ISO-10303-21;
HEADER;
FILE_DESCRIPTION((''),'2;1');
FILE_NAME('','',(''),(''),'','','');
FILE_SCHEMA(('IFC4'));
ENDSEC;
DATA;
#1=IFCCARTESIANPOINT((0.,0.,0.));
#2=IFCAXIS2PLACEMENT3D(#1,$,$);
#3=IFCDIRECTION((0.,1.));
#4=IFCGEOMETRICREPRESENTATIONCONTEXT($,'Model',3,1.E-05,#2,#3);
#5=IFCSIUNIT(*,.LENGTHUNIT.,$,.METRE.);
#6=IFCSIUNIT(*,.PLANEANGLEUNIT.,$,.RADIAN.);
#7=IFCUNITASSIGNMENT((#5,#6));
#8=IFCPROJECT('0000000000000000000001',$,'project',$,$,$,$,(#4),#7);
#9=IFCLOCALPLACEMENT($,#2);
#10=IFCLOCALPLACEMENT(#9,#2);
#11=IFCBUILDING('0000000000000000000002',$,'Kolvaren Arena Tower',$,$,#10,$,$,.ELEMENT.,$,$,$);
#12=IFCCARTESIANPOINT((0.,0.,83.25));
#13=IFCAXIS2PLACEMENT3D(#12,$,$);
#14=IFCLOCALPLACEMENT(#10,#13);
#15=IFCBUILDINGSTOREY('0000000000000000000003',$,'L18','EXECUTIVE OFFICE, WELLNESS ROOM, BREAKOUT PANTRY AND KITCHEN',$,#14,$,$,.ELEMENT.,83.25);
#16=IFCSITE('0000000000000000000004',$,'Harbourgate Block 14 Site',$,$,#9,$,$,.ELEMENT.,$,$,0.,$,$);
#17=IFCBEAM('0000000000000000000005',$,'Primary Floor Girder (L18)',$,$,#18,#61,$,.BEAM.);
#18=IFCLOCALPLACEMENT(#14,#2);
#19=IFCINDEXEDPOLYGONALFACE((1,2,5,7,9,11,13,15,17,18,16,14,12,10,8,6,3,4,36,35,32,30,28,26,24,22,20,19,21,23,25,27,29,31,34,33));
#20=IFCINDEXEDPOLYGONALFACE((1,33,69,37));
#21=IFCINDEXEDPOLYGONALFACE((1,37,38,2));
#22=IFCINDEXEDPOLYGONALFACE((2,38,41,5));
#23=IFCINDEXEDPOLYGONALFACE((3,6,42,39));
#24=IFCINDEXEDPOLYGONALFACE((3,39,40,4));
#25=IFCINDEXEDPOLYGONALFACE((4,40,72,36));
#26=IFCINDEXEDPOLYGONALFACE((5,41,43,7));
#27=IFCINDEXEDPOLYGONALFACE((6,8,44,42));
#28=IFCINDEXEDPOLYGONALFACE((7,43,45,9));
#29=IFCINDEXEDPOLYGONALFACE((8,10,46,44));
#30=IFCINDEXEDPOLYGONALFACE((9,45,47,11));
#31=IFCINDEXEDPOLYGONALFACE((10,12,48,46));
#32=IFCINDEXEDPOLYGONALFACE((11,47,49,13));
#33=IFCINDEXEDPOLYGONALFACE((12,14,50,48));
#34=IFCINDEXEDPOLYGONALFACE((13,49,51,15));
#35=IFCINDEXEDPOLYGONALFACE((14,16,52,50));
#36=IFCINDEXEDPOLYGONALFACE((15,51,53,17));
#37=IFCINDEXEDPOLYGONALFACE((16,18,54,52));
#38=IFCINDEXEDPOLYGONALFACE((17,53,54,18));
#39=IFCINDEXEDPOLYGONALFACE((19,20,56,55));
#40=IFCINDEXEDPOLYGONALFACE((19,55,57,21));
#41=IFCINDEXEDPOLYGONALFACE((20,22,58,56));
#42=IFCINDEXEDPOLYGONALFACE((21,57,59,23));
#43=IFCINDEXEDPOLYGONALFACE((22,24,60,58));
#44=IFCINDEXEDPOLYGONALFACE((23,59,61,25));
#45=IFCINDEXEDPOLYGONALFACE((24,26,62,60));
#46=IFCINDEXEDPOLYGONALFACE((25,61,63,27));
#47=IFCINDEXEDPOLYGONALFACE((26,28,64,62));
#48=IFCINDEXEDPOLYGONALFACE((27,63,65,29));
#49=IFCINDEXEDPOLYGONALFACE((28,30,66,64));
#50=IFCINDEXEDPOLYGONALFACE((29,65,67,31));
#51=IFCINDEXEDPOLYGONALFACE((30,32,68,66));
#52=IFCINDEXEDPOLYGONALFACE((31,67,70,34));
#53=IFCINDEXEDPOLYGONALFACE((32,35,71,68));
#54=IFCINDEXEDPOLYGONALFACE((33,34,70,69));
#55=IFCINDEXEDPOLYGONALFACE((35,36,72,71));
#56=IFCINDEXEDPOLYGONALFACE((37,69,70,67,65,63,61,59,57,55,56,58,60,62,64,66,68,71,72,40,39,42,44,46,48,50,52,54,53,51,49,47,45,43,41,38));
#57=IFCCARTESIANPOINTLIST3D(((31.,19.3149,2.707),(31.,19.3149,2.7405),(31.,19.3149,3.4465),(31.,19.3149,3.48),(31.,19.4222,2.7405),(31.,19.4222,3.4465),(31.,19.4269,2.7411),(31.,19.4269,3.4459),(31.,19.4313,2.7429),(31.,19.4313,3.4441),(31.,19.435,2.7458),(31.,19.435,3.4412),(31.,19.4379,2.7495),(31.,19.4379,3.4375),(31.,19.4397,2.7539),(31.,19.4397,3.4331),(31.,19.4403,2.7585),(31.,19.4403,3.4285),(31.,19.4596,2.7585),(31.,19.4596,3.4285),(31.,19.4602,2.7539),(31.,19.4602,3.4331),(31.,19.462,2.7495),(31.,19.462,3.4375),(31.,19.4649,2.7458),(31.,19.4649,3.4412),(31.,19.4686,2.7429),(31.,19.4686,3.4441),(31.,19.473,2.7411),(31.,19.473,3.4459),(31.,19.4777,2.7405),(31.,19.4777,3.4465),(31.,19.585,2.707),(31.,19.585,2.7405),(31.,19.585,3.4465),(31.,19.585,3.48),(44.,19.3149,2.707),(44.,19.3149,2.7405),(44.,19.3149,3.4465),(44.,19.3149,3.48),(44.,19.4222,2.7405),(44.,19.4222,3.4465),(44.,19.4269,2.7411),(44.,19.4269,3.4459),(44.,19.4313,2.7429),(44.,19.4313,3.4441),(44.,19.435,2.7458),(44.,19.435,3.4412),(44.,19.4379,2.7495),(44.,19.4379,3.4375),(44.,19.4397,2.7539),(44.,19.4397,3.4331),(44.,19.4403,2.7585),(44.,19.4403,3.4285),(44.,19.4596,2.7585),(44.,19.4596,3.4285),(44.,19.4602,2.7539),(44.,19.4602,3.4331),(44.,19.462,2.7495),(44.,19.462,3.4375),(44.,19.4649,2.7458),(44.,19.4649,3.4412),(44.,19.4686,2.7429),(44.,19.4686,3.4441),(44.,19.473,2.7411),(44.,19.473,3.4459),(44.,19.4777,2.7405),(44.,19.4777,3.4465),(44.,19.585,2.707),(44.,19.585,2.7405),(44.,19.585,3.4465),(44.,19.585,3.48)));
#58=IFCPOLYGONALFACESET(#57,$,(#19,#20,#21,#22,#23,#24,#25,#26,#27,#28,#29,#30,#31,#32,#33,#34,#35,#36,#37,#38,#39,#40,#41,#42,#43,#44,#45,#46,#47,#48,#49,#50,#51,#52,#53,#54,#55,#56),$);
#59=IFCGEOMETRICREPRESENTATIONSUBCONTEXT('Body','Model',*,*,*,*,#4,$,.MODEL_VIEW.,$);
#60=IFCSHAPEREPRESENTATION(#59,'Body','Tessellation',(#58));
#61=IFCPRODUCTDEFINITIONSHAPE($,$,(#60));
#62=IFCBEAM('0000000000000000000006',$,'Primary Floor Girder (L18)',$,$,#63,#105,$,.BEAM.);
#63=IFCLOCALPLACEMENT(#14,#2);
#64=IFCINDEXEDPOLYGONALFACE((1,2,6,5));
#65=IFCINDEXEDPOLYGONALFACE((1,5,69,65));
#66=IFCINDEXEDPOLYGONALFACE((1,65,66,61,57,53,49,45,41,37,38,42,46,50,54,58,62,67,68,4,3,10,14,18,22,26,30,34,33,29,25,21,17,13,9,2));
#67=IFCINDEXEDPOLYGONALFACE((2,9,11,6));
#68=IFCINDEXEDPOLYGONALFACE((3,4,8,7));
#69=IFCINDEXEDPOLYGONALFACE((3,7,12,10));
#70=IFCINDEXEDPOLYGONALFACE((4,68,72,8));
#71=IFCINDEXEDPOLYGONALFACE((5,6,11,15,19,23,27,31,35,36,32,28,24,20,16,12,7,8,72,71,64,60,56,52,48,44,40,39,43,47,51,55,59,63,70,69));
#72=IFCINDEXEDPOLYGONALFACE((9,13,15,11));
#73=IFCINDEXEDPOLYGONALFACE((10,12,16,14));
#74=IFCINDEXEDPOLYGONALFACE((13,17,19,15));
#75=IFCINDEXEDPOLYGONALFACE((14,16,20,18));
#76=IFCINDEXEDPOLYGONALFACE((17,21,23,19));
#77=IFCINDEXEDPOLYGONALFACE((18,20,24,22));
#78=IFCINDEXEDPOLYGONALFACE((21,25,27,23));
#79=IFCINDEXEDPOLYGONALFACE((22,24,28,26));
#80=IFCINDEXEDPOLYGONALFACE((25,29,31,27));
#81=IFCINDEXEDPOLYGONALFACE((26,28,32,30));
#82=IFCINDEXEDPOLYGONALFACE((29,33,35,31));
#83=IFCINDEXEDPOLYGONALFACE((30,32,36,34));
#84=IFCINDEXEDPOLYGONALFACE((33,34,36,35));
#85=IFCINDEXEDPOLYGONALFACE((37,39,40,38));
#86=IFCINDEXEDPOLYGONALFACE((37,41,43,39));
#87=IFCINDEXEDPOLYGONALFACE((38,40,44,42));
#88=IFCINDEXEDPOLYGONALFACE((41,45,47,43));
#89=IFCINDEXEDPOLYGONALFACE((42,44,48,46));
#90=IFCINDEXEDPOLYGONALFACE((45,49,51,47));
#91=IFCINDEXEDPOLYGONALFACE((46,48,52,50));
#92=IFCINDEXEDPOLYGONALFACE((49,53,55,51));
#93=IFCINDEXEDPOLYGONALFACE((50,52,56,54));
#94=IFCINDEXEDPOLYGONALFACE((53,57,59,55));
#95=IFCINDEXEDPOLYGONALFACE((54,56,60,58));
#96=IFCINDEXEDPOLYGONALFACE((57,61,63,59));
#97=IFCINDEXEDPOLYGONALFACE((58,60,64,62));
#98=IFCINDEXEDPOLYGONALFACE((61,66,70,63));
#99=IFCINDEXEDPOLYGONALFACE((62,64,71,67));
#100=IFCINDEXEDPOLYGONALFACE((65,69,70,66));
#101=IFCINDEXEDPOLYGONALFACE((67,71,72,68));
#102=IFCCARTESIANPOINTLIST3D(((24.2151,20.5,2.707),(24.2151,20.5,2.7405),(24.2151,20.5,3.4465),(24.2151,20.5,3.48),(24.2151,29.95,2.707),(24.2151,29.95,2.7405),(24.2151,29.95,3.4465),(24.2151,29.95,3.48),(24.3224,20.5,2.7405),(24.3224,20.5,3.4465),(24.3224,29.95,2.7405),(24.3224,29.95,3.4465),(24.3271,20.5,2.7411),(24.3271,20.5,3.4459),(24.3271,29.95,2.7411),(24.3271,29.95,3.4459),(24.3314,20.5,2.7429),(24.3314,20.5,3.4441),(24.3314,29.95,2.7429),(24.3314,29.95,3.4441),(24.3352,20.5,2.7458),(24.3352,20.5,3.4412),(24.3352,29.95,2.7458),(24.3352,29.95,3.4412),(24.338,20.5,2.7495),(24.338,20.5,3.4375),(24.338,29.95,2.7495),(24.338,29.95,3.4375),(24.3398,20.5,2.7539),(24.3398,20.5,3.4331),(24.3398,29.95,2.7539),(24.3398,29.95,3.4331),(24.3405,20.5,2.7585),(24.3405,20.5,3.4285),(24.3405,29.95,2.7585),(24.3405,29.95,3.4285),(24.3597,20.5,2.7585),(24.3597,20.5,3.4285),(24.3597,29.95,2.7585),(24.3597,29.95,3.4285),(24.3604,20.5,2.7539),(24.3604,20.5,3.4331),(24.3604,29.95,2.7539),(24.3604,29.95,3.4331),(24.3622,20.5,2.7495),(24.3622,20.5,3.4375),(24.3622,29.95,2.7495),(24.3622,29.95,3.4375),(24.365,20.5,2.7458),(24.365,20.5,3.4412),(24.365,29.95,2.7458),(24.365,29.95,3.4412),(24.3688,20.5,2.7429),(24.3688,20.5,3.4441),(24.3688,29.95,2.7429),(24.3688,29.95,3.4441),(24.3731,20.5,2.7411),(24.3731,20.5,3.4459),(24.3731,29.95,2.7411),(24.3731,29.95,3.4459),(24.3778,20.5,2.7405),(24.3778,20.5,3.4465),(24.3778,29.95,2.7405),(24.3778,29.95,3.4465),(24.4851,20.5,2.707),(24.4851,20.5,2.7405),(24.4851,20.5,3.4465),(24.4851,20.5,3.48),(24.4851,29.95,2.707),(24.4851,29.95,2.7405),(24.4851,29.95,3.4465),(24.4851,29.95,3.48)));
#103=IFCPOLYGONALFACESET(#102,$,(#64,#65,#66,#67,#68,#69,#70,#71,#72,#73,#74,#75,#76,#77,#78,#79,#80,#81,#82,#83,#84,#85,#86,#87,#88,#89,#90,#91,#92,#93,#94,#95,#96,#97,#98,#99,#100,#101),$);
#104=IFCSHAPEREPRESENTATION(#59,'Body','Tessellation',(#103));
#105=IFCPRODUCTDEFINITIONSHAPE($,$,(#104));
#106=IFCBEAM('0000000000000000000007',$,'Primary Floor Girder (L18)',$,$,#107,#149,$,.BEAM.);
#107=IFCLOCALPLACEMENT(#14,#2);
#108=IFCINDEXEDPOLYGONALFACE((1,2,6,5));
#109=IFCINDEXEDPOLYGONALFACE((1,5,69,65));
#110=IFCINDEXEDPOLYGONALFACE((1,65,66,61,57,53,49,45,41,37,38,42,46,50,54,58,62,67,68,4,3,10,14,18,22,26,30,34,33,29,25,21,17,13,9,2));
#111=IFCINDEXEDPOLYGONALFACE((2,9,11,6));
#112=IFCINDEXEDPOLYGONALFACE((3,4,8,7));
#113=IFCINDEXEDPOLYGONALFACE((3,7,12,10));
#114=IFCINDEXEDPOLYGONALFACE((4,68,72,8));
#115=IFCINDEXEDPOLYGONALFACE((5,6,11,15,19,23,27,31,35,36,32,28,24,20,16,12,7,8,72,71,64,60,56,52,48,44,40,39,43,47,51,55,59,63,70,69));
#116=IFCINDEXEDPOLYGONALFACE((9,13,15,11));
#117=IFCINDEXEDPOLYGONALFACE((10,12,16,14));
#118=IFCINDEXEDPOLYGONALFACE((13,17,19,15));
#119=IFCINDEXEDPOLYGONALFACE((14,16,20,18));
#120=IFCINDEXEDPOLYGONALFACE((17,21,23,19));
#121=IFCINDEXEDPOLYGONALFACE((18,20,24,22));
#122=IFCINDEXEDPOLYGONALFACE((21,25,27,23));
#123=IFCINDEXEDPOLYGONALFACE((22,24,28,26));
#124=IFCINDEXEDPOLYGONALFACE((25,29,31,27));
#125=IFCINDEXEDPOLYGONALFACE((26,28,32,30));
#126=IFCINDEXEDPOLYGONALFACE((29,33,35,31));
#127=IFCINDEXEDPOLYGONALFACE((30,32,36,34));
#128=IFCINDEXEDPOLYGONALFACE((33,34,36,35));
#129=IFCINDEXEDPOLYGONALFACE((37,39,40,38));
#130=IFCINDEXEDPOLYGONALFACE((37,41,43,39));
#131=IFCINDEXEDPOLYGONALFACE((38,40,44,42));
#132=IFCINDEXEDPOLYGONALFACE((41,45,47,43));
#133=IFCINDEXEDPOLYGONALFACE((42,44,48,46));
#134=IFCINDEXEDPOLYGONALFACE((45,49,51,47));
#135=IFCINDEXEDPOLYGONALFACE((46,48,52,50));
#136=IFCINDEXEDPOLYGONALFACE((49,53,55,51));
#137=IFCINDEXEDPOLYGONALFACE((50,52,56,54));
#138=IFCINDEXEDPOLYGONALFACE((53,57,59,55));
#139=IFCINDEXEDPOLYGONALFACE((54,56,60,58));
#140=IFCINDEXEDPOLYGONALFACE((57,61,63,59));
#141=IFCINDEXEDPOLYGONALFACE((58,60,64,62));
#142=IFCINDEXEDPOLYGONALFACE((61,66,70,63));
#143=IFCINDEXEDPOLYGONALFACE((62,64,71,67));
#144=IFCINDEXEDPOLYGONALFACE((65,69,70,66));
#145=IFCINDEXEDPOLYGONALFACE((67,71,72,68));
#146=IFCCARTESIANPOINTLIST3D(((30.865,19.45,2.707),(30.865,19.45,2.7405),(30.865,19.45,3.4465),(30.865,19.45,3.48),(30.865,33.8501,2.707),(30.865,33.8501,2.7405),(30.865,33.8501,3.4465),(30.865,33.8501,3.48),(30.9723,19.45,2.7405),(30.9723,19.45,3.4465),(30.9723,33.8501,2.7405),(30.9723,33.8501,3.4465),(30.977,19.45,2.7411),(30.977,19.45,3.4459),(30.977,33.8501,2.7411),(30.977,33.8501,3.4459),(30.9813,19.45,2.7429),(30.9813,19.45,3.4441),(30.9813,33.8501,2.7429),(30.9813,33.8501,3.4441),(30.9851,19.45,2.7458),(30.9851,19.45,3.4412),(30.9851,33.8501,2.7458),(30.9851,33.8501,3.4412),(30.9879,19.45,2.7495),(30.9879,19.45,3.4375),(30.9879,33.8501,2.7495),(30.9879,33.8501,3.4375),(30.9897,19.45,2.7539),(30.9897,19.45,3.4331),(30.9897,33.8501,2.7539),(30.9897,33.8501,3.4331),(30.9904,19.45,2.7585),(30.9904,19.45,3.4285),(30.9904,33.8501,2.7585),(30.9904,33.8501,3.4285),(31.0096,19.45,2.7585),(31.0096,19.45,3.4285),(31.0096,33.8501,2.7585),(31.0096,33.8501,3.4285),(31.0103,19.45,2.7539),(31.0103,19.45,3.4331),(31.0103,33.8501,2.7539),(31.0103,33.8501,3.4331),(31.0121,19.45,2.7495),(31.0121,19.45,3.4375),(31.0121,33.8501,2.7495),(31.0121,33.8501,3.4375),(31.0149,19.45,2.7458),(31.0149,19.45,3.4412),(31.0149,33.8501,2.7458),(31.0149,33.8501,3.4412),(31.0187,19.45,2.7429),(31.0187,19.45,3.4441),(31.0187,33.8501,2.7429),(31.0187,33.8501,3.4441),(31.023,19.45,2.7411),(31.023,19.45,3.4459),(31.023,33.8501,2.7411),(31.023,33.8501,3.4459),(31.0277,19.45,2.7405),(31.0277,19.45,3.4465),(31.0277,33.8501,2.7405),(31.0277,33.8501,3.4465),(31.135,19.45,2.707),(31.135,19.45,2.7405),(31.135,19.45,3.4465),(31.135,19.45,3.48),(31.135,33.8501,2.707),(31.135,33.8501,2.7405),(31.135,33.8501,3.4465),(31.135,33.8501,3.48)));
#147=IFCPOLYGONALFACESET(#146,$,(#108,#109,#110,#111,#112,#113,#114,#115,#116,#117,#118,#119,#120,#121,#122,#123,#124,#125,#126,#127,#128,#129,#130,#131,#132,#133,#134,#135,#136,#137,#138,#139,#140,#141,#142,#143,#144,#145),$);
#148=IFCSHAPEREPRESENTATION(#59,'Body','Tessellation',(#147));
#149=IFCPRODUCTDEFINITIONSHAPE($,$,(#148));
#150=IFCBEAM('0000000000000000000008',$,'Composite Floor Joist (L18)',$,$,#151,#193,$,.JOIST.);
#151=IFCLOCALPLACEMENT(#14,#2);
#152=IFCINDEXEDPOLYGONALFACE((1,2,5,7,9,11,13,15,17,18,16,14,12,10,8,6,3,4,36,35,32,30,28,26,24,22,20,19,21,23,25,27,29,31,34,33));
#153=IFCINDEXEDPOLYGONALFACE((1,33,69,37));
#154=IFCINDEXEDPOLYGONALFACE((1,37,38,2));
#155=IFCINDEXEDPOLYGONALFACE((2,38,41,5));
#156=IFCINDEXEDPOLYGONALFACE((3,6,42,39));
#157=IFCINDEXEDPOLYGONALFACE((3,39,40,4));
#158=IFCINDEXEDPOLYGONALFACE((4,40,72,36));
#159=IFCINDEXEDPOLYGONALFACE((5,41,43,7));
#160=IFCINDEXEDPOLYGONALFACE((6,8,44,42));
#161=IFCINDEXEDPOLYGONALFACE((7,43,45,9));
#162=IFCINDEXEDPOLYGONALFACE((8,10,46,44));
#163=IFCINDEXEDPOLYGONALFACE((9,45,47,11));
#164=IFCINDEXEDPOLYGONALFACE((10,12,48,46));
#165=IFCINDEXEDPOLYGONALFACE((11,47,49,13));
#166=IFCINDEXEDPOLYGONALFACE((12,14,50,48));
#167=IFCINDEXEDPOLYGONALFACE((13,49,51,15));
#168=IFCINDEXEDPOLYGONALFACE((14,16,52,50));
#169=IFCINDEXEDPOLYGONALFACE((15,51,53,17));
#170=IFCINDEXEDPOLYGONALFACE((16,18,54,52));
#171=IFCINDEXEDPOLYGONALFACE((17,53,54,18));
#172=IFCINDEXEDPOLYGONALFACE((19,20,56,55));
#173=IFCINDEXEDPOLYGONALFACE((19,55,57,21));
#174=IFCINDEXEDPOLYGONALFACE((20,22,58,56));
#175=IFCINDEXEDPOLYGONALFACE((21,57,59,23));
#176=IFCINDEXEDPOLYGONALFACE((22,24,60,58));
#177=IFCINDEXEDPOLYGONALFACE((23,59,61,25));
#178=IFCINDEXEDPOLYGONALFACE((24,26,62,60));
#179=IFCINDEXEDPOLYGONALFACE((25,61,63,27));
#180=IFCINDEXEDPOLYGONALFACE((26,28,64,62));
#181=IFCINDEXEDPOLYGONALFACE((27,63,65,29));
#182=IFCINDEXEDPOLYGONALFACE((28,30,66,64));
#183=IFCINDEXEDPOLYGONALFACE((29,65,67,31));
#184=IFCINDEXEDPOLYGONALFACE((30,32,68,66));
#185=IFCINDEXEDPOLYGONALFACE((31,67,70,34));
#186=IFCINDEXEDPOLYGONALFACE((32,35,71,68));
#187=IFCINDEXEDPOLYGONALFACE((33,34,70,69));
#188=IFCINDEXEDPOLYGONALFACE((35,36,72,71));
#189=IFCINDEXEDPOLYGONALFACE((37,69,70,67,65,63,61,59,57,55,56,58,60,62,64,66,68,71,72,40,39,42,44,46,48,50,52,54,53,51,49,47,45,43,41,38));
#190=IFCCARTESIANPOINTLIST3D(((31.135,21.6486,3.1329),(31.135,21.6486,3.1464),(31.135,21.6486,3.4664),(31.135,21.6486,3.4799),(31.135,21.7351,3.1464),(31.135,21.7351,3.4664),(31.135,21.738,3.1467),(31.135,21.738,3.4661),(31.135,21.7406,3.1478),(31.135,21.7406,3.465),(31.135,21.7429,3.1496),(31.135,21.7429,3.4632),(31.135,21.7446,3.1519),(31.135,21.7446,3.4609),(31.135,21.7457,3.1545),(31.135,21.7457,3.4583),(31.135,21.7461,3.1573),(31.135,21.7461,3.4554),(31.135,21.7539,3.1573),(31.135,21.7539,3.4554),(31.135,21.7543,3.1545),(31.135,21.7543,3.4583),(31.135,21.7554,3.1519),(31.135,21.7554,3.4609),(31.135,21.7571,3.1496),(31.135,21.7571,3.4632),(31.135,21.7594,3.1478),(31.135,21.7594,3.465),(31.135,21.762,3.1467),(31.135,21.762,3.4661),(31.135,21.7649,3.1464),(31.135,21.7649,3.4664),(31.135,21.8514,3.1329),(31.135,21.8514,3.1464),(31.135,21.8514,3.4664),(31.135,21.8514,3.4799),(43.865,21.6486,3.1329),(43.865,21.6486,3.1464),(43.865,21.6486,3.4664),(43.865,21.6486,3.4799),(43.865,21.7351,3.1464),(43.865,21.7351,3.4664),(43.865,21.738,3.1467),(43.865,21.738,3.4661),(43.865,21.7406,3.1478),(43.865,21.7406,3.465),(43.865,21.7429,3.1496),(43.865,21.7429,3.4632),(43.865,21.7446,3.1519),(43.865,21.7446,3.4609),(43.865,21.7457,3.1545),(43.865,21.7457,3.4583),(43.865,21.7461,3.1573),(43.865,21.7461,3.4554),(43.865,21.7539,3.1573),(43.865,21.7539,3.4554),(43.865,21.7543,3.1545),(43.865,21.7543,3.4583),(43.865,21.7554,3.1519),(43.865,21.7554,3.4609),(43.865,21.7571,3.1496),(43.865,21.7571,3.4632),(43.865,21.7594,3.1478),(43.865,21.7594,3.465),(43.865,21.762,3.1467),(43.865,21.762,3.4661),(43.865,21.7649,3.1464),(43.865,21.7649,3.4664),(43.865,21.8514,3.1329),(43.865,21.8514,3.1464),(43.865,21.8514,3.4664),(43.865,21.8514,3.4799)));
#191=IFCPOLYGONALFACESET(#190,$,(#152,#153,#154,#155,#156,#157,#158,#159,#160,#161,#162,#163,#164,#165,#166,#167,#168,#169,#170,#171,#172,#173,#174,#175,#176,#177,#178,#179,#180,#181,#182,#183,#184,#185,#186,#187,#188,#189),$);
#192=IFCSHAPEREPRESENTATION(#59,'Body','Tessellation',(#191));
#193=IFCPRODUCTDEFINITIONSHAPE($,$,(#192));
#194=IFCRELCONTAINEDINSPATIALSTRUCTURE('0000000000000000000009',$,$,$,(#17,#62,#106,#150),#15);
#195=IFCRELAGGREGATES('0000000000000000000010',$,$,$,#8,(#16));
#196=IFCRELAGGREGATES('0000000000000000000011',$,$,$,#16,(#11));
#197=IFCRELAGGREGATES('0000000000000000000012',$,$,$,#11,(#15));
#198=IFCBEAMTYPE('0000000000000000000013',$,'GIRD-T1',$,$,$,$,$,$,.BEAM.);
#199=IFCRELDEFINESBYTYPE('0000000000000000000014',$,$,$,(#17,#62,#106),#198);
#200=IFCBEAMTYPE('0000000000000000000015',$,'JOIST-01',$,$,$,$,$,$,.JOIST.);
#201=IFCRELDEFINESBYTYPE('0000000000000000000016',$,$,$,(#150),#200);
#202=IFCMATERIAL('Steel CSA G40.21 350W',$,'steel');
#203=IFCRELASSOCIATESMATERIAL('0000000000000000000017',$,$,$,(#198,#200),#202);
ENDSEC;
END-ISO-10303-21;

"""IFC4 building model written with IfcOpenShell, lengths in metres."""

from ifc_helpers import new_model, si_unit, direction, frame, origin, origin_2d, place, context, subcontext, project, spatial, i_section, extrude, material, material_profile, profile_set, type_object, element, save


model = new_model("IFC4")

# Units and contexts
model_context = context("Model", 3, precision=1e-05, world=origin(), true_north=direction((0.0, 1.0)))
body_context = subcontext(model_context, "Body", "Model", "MODEL_VIEW")
ifc_project = project(units=[si_unit("LENGTHUNIT", "METRE"), si_unit("PLANEANGLEUNIT", "RADIAN")], contexts=[model_context])

# Site, building, storey
site_placement = place(None, origin())
site = spatial("IfcSite", under=ifc_project, at=site_placement, Name="Harbourgate Block 14 Site", CompositionType="ELEMENT", RefElevation=0.0)
building_placement = place(site_placement, origin())
building = spatial("IfcBuilding", under=site, at=building_placement, Name="Kolvaren Arena Tower", CompositionType="ELEMENT")
storey_placement = place(building_placement, frame((0.0, 0.0, 83.25)))
storey = spatial("IfcBuildingStorey", under=building, at=storey_placement, Name="L18", Description="EXECUTIVE OFFICE, WELLNESS ROOM, BREAKOUT PANTRY AND KITCHEN", CompositionType="ELEMENT", Elevation=83.25)

# Beams
ifc_material_1 = material(Name="Steel CSA G40.21 350W", Category="steel")
ifc_material_profile_1 = material_profile(ifc_material_1, i_section(OverallWidth=0.27, OverallDepth=0.7729, WebThickness=0.0193, FlangeThickness=0.0334, FilletRadius=0.0181, at=origin_2d()), Name="W760x257")
ifc_profile_set_1 = profile_set([ifc_material_profile_1], Name="Steel CSA G40.21 350W")
beam_type_1 = type_object("IfcBeamType", Name="GIRD-T1", PredefinedType="BEAM", material=ifc_profile_set_1)
beam_1_placement = place(storey_placement, frame((31.0, 19.45, 3.0935), z_axis=(1.0, 0.0, 0.0), x_axis=(0.0, 1.0, 0.0)))
element("IfcBeam", 1, at=beam_1_placement, inside=storey, type_object=beam_type_1, Name="Primary Floor Girder (L18)", PredefinedType="BEAM", context=body_context, shape_type="SweptSolid", body=[
    extrude(i_section(OverallWidth=0.27, OverallDepth=0.7729, WebThickness=0.0193, FlangeThickness=0.0334, FilletRadius=0.0181, at=origin_2d()), origin(), (0.0, 0.0, 1.0), 13.0),
])
beam_2_placement = place(storey_placement, frame((24.3501, 20.5, 3.0935), z_axis=(0.0, 1.0, 0.0), x_axis=(-1.0, 0.0, 0.0)))
element("IfcBeam", 2, at=beam_2_placement, inside=storey, type_object=beam_type_1, Name="Primary Floor Girder (L18)", PredefinedType="BEAM", context=body_context, shape_type="SweptSolid", body=[
    extrude(i_section(OverallWidth=0.27, OverallDepth=0.7729, WebThickness=0.0193, FlangeThickness=0.0334, FilletRadius=0.0181, at=origin_2d()), origin(), (0.0, 0.0, 1.0), 9.45),
])
beam_3_placement = place(storey_placement, frame((31.0, 19.45, 3.0935), z_axis=(0.0, 1.0, 0.0), x_axis=(-1.0, 0.0, 0.0)))
element("IfcBeam", 3, at=beam_3_placement, inside=storey, type_object=beam_type_1, Name="Primary Floor Girder (L18)", PredefinedType="BEAM", context=body_context, shape_type="SweptSolid", body=[
    extrude(i_section(OverallWidth=0.27, OverallDepth=0.7729, WebThickness=0.0193, FlangeThickness=0.0334, FilletRadius=0.0181, at=origin_2d()), origin(), (0.0, 0.0, 1.0), 14.4001),
])
ifc_material_profile_2 = material_profile(ifc_material_1, i_section(OverallWidth=0.2029, OverallDepth=0.3469, WebThickness=0.0078, FlangeThickness=0.0134, FilletRadius=0.011, at=origin_2d()), Name="W360x64")
ifc_profile_set_2 = profile_set([ifc_material_profile_2], Name="Steel CSA G40.21 350W")
beam_type_2 = type_object("IfcBeamType", Name="JOIST-01", PredefinedType="JOIST", material=ifc_profile_set_2)
beam_4_placement = place(storey_placement, frame((31.135, 21.75, 3.3064), z_axis=(1.0, 0.0, 0.0), x_axis=(0.0, 1.0, 0.0)))
element("IfcBeam", 4, at=beam_4_placement, inside=storey, type_object=beam_type_2, Name="Composite Floor Joist (L18)", PredefinedType="JOIST", context=body_context, shape_type="SweptSolid", body=[
    extrude(i_section(OverallWidth=0.2029, OverallDepth=0.3469, WebThickness=0.0078, FlangeThickness=0.0134, FilletRadius=0.011, at=origin_2d()), origin(), (0.0, 0.0, 1.0), 12.73),
])

save(model, "model.ifc")
